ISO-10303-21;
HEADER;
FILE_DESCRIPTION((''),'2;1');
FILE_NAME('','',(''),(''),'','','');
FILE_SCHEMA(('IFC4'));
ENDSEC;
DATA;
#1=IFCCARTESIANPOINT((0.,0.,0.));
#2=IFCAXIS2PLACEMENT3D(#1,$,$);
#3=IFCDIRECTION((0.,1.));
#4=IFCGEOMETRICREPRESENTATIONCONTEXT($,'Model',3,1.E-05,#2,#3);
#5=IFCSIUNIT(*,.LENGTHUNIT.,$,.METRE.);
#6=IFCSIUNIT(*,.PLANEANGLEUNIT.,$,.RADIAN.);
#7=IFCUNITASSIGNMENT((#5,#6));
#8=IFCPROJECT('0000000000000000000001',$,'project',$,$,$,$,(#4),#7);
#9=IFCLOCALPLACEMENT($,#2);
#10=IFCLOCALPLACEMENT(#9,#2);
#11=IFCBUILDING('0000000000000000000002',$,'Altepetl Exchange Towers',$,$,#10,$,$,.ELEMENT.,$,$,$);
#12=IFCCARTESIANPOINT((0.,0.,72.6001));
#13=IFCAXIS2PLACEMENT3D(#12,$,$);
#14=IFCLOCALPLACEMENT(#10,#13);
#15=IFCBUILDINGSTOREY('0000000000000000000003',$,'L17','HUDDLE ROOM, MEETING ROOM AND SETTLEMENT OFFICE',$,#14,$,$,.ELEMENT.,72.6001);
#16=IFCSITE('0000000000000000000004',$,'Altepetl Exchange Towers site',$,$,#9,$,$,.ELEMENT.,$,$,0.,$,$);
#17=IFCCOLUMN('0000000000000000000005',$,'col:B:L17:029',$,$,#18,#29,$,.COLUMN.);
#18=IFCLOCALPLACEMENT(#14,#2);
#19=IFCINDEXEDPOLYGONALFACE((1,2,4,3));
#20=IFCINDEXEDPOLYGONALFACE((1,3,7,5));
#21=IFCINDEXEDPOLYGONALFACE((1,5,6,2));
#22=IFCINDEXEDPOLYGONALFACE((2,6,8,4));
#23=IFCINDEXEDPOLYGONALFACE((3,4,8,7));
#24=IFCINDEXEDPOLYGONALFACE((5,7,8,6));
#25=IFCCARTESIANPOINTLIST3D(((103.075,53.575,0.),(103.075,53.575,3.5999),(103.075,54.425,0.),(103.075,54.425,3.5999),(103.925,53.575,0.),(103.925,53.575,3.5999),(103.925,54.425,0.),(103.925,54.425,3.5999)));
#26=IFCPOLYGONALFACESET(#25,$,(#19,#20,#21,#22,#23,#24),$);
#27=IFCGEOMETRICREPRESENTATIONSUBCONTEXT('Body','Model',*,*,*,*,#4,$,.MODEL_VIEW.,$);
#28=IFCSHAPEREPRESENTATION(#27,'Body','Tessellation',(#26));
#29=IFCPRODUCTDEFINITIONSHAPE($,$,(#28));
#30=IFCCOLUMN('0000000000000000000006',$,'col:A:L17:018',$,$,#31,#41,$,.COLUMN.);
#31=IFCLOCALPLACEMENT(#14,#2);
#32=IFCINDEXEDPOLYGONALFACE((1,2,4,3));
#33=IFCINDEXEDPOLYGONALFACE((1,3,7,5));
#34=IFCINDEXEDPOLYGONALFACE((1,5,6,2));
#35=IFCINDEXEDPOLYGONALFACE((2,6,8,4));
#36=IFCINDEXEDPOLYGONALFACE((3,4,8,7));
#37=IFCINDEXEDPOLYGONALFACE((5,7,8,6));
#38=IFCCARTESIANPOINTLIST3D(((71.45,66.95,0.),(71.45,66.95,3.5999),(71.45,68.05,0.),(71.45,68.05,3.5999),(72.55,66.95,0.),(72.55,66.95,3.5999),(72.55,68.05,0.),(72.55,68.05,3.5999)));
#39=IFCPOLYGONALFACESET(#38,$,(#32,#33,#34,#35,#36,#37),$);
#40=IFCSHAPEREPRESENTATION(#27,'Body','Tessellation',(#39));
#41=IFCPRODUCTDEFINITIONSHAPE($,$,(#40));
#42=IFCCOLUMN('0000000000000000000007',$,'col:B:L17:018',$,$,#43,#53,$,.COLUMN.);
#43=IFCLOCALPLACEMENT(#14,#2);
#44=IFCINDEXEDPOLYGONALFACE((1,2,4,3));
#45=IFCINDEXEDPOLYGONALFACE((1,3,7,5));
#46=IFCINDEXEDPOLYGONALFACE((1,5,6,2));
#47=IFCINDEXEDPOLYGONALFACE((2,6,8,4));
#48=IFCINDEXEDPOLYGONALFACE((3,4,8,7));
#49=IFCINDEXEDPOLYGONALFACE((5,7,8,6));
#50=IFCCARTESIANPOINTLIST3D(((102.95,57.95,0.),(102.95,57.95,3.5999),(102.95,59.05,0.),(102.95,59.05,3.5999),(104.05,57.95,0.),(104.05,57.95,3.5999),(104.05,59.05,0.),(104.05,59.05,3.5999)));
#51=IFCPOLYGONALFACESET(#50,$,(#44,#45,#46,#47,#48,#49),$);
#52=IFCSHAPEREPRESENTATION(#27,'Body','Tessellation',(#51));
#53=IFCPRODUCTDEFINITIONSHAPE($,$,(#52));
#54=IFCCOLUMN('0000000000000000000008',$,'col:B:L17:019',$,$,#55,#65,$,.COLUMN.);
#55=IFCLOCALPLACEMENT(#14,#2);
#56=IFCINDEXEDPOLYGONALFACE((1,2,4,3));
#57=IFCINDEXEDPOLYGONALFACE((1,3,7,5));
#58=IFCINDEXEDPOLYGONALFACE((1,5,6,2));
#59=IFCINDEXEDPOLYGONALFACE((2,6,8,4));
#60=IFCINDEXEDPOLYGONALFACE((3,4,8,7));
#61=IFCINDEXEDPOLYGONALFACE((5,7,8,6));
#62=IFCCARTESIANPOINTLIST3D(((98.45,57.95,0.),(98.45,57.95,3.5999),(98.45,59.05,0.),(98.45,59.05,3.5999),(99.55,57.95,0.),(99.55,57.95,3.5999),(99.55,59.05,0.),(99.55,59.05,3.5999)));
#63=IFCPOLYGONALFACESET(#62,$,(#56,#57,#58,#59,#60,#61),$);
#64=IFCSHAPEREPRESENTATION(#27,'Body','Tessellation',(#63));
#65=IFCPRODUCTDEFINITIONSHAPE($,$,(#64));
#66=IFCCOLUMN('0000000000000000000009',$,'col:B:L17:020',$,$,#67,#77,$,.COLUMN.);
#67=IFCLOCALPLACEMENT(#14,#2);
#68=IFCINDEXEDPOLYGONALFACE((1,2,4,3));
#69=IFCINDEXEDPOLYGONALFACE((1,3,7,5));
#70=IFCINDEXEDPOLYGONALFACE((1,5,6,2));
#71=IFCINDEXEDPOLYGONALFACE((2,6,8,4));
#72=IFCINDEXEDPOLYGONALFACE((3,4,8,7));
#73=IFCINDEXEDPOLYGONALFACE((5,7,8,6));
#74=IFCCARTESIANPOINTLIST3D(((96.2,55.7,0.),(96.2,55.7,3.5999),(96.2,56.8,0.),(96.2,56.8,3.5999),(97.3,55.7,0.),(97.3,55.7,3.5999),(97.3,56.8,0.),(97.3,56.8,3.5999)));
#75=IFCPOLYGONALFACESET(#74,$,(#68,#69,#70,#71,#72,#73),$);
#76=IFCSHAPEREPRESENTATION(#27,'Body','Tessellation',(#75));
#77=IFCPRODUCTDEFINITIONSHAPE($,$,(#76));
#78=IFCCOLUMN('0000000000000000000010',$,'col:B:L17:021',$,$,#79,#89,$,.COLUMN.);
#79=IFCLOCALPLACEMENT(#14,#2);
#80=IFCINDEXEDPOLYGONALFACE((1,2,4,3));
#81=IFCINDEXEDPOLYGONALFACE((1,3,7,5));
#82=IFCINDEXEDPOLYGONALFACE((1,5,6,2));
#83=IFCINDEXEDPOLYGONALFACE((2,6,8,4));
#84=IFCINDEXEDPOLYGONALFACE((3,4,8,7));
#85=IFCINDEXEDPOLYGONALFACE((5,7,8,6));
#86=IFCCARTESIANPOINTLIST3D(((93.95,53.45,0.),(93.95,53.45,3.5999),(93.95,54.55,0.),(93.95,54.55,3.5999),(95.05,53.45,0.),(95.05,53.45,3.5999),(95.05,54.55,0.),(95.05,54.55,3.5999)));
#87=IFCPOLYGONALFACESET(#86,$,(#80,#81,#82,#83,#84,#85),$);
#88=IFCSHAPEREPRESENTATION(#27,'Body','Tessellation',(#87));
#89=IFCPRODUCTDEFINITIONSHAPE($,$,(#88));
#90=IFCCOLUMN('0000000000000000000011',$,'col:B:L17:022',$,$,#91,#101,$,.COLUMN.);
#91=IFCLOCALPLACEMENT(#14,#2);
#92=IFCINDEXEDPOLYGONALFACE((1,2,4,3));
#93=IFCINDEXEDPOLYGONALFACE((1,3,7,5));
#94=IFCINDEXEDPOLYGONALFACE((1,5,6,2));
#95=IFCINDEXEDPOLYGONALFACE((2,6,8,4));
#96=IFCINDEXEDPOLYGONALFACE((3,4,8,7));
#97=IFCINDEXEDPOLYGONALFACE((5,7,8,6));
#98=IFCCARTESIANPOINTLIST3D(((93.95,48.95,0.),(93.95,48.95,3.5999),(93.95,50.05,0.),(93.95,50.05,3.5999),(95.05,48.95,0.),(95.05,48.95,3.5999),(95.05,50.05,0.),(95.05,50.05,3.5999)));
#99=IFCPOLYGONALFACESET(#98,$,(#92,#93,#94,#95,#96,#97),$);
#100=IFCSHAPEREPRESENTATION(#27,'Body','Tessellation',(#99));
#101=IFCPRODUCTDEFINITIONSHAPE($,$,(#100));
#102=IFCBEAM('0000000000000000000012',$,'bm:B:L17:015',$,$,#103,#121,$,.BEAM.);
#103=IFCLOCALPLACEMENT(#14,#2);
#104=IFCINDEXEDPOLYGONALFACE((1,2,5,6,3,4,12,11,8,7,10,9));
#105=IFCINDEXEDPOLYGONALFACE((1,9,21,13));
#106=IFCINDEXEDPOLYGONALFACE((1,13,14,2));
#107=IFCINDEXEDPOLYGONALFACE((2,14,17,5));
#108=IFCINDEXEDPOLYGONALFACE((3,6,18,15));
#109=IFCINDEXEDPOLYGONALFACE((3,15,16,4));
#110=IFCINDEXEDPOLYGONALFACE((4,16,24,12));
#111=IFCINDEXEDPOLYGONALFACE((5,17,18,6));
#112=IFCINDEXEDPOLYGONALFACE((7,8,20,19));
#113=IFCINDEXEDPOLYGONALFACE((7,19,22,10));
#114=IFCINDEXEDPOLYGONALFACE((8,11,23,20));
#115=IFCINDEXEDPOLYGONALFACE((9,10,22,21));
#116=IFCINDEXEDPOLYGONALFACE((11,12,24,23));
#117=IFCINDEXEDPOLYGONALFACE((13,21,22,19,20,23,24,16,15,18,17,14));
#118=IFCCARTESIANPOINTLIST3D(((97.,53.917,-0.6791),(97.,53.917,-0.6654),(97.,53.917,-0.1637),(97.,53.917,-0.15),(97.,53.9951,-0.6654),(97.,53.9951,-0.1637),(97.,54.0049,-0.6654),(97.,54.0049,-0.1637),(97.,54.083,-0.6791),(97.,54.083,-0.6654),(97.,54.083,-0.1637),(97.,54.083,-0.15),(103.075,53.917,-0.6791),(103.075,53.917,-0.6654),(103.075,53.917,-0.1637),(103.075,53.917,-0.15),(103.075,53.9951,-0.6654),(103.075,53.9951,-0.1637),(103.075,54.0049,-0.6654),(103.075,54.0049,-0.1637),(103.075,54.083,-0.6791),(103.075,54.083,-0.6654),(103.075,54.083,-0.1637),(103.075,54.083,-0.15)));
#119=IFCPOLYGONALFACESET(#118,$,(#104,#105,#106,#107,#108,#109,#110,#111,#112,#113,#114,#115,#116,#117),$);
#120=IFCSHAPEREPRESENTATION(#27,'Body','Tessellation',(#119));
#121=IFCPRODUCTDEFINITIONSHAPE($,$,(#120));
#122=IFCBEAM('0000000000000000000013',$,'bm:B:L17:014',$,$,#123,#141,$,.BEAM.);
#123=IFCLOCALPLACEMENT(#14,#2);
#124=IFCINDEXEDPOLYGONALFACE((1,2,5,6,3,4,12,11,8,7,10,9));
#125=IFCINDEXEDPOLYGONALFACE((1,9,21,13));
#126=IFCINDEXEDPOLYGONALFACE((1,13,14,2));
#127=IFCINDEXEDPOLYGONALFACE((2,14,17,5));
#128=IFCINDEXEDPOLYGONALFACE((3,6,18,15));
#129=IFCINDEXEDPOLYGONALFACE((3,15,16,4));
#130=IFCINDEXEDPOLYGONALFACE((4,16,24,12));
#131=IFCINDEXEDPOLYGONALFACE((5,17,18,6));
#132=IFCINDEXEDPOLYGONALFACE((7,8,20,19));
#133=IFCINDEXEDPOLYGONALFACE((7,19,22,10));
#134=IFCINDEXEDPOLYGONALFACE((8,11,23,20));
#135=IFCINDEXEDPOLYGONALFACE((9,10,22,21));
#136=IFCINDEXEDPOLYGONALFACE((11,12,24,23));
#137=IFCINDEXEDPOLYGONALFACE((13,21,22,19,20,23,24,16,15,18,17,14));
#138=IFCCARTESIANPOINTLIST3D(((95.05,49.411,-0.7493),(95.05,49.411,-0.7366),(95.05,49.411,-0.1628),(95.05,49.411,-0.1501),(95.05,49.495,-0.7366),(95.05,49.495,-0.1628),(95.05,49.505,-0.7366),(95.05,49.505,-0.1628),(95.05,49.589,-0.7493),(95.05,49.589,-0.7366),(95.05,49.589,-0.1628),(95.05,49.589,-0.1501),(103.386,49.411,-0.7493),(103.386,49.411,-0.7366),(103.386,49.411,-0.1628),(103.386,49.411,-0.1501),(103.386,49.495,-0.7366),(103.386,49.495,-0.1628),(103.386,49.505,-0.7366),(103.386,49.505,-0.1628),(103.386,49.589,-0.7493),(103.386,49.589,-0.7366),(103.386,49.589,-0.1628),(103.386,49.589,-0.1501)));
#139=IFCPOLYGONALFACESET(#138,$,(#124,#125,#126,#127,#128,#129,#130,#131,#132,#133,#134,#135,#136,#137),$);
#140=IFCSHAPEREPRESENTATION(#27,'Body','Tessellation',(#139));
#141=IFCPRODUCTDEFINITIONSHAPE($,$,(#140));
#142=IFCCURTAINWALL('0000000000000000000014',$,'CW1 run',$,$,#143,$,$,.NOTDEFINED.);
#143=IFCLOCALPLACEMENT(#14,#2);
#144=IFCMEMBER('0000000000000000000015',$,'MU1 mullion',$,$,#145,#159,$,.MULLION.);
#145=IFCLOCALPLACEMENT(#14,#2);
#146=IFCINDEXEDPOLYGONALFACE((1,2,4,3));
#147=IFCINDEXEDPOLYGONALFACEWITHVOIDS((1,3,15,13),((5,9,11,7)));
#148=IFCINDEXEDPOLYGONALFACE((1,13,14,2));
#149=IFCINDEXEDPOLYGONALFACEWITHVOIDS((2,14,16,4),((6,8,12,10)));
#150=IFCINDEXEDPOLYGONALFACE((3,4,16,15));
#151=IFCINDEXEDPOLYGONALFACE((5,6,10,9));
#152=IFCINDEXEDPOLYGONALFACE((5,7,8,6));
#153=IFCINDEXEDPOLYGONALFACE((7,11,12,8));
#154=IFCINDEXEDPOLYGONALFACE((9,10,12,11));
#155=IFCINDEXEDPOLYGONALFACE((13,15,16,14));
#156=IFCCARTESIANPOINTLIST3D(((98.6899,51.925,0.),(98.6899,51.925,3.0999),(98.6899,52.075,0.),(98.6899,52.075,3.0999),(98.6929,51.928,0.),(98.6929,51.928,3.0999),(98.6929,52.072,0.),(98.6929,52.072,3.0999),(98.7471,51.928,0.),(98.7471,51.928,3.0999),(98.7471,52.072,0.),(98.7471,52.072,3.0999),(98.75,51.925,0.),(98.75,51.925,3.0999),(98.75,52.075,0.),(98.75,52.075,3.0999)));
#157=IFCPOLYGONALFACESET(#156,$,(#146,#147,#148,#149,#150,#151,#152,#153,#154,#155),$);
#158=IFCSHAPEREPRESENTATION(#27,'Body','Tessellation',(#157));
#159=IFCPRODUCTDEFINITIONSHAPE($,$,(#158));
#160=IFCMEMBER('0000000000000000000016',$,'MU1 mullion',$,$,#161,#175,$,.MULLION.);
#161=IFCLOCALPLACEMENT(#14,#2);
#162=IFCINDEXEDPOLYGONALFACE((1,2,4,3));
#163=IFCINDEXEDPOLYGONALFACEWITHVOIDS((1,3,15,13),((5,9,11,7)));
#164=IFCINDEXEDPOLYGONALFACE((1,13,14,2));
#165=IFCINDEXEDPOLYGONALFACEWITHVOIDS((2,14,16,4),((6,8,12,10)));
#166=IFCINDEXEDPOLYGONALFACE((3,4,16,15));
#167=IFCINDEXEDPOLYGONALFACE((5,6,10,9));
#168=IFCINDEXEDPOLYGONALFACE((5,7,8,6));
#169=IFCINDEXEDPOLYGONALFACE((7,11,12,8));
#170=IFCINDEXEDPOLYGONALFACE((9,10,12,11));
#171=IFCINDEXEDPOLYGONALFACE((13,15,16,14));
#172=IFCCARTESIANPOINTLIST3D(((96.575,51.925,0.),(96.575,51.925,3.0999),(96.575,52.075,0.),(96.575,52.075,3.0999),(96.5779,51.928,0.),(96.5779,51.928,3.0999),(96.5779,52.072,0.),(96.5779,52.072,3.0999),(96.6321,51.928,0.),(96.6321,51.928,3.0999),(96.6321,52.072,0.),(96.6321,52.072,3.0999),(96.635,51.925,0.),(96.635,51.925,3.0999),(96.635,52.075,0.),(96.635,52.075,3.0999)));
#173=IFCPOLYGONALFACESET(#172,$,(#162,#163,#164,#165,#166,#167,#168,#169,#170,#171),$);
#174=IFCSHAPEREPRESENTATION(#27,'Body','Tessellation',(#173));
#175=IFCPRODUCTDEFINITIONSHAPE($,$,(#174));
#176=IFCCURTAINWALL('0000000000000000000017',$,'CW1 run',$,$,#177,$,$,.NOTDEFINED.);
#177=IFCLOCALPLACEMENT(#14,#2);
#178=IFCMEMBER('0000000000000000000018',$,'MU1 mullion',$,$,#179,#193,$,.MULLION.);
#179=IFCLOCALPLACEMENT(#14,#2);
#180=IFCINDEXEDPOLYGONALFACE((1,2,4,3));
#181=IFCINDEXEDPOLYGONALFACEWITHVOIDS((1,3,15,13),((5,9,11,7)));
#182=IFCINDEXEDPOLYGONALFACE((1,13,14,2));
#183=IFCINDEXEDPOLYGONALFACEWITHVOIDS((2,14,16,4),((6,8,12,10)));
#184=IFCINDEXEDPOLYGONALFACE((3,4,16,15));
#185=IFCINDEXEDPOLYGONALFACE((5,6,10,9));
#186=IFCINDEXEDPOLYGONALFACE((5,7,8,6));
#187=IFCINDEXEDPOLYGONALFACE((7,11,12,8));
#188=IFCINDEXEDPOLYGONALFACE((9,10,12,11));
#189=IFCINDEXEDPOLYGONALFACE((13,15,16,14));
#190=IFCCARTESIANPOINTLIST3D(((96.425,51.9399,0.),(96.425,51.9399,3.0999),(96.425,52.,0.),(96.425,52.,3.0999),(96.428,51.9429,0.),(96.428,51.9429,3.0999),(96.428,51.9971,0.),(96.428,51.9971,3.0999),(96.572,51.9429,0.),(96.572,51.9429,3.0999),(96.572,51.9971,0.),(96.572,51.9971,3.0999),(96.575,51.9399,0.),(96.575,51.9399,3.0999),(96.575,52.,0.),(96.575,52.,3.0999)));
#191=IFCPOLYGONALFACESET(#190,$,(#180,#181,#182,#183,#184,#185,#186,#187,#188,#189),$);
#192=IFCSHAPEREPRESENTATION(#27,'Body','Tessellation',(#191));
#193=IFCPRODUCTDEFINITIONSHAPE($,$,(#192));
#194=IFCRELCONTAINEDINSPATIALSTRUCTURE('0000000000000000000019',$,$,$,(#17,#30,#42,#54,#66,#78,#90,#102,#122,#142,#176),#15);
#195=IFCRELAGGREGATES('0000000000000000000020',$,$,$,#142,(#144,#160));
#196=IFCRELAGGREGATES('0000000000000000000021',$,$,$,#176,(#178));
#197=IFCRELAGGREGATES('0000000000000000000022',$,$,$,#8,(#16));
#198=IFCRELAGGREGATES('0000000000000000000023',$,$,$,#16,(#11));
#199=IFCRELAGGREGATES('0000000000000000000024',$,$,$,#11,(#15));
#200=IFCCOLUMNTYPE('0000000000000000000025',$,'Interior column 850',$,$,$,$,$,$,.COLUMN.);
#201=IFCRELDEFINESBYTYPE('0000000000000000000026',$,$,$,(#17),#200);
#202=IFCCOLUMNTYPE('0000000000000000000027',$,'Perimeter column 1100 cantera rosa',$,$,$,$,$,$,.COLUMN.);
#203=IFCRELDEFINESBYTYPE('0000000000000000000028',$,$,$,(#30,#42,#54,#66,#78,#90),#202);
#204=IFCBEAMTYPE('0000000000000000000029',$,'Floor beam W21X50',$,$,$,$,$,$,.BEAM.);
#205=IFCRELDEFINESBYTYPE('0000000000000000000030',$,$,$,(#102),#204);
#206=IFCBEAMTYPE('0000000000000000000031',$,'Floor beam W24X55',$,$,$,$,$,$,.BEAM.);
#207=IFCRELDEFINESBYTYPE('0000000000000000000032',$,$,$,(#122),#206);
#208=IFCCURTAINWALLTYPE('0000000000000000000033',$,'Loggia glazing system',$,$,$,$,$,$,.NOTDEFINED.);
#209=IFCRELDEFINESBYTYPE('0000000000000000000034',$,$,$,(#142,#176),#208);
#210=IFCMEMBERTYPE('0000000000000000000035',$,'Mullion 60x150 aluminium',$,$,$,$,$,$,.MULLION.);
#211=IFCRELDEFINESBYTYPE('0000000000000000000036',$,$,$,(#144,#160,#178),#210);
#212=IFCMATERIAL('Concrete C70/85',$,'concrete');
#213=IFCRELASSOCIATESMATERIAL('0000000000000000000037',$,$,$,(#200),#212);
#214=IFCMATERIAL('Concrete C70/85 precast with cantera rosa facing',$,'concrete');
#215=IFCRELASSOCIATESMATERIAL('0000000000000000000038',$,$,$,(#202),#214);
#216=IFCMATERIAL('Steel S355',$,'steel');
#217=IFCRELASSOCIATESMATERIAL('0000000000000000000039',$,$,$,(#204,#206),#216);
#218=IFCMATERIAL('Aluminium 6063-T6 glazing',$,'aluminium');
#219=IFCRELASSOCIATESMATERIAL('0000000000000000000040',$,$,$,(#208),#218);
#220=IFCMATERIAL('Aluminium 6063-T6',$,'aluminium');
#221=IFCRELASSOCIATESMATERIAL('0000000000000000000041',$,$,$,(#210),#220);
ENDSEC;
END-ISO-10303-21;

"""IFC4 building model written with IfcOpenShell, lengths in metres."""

from ifc_helpers import new_model, si_unit, direction, frame, origin, origin_2d, place, context, subcontext, project, spatial, rectangle, hollow_rectangle, i_section, extrude, material, material_profile, profile_set, type_object, element, aggregate, save


model = new_model("IFC4")

# Units and contexts
model_context = context("Model", 3, precision=1e-05, world=origin(), true_north=direction((0.0, 1.0)))
body_context = subcontext(model_context, "Body", "Model", "MODEL_VIEW")
ifc_project = project(units=[si_unit("LENGTHUNIT", "METRE"), si_unit("PLANEANGLEUNIT", "RADIAN")], contexts=[model_context])

# Site, building, storey
site_placement = place(None, origin())
site = spatial("IfcSite", under=ifc_project, at=site_placement, Name="Altepetl Exchange Towers site", CompositionType="ELEMENT", RefElevation=0.0)
building_placement = place(site_placement, origin())
building = spatial("IfcBuilding", under=site, at=building_placement, Name="Altepetl Exchange Towers", CompositionType="ELEMENT")
storey_placement = place(building_placement, frame((0.0, 0.0, 72.6001)))
storey = spatial("IfcBuildingStorey", under=building, at=storey_placement, Name="L17", Description="HUDDLE ROOM, MEETING ROOM AND SETTLEMENT OFFICE", CompositionType="ELEMENT", Elevation=72.6001)

# Columns
ifc_material_1 = material(Name="Concrete C70/85", Category="concrete")
ifc_material_profile_1 = material_profile(ifc_material_1, rectangle(XDim=0.8501, YDim=0.8501, at=origin_2d()), Name="850 x 850")
ifc_profile_set_1 = profile_set([ifc_material_profile_1], Name="Concrete C70/85")
column_type_1 = type_object("IfcColumnType", Name="Interior column 850", PredefinedType="COLUMN", material=ifc_profile_set_1)
column_placement = place(storey_placement, frame((103.5, 54.0, 0.0)))
element("IfcColumn", 1, at=column_placement, inside=storey, type_object=column_type_1, Name="col:B:L17:029", PredefinedType="COLUMN", context=body_context, shape_type="SweptSolid", body=[
    extrude(rectangle(XDim=0.8501, YDim=0.8501, at=origin_2d()), origin(), (0.0, 0.0, 1.0), 3.5999),
])
ifc_material_2 = material(Name="Concrete C70/85 precast with cantera rosa facing", Category="concrete")
ifc_material_profile_2 = material_profile(ifc_material_2, rectangle(XDim=1.1001, YDim=1.1001, at=origin_2d()), Name="1100 x 1100")
ifc_profile_set_2 = profile_set([ifc_material_profile_2], Name="Concrete C70/85 precast with cantera rosa facing")
column_type_2 = type_object("IfcColumnType", Name="Perimeter column 1100 cantera rosa", PredefinedType="COLUMN", material=ifc_profile_set_2)
for number, where, name in (
    (2, (72.0, 67.5, 0.0), "col:A:L17:018"),
    (3, (103.5, 58.5, 0.0), "col:B:L17:018"),
    (4, (99.0, 58.5, 0.0), "col:B:L17:019"),
    (5, (96.75, 56.25, 0.0), "col:B:L17:020"),
    (6, (94.5, 54.0, 0.0), "col:B:L17:021"),
    (7, (94.5, 49.5, 0.0), "col:B:L17:022"),
):
    element("IfcColumn", number, at=place(storey_placement, frame(where)), inside=storey, type_object=column_type_2, Name=name, PredefinedType="COLUMN", context=body_context, shape_type="SweptSolid", body=[
        extrude(rectangle(XDim=1.1001, YDim=1.1001, at=origin_2d()), origin(), (0.0, 0.0, 1.0), 3.5999),
    ])

# Beams
ifc_material_3 = material(Name="Steel S355", Category="steel")
ifc_material_profile_3 = material_profile(ifc_material_3, i_section(OverallWidth=0.166, OverallDepth=0.5291, WebThickness=0.0098, FlangeThickness=0.0137, at=origin_2d()), Name="W21X50")
ifc_profile_set_3 = profile_set([ifc_material_profile_3], Name="Steel S355")
beam_type_1 = type_object("IfcBeamType", Name="Floor beam W21X50", PredefinedType="BEAM", material=ifc_profile_set_3)
beam_1_placement = place(storey_placement, frame((97.0, 54.0, -0.4146), z_axis=(1.0, 0.0, 0.0), x_axis=(0.0, 1.0, 0.0)))
element("IfcBeam", 8, at=beam_1_placement, inside=storey, type_object=beam_type_1, Name="bm:B:L17:015", PredefinedType="BEAM", context=body_context, shape_type="SweptSolid", body=[
    extrude(i_section(OverallWidth=0.166, OverallDepth=0.5291, WebThickness=0.0098, FlangeThickness=0.0137, at=origin_2d()), origin(), (0.0, 0.0, 1.0), 6.075),
])
ifc_material_profile_4 = material_profile(ifc_material_3, i_section(OverallWidth=0.178, OverallDepth=0.5991, WebThickness=0.01, FlangeThickness=0.0127, at=origin_2d()), Name="W24X55")
ifc_profile_set_4 = profile_set([ifc_material_profile_4], Name="Steel S355")
beam_type_2 = type_object("IfcBeamType", Name="Floor beam W24X55", PredefinedType="BEAM", material=ifc_profile_set_4)
beam_2_placement = place(storey_placement, frame((95.05, 49.5, -0.4497), z_axis=(1.0, 0.0, 0.0), x_axis=(0.0, 1.0, 0.0)))
element("IfcBeam", 9, at=beam_2_placement, inside=storey, type_object=beam_type_2, Name="bm:B:L17:014", PredefinedType="BEAM", context=body_context, shape_type="SweptSolid", body=[
    extrude(i_section(OverallWidth=0.178, OverallDepth=0.5991, WebThickness=0.01, FlangeThickness=0.0127, at=origin_2d()), origin(), (0.0, 0.0, 1.0), 8.3359),
])

# Curtain walls, members
ifc_material_4 = material(Name="Aluminium 6063-T6 glazing", Category="aluminium")
curtain_wall_type = type_object("IfcCurtainWallType", Name="Loggia glazing system", PredefinedType="NOTDEFINED", material=ifc_material_4)
curtain_wall_1_placement = place(storey_placement, origin())
curtain_wall_1 = element("IfcCurtainWall", 10, at=curtain_wall_1_placement, inside=storey, type_object=curtain_wall_type, Name="CW1 run", PredefinedType="NOTDEFINED")
ifc_material_5 = material(Name="Aluminium 6063-T6", Category="aluminium")
ifc_material_profile_5 = material_profile(ifc_material_5, hollow_rectangle(XDim=0.0601, YDim=0.1499, WallThickness=0.0029, at=origin_2d()), Name="Mullion 60x150 aluminium")
ifc_profile_set_5 = profile_set([ifc_material_profile_5], Name="Aluminium 6063-T6")
member_type = type_object("IfcMemberType", Name="Mullion 60x150 aluminium", PredefinedType="MULLION", material=ifc_profile_set_5)
member_1_placement = place(storey_placement, frame((98.72, 52.0, 0.0), z_axis=(0.0, 0.0, 1.0), x_axis=(-1.0, 0.0, 0.0)))
member_1 = element("IfcMember", 11, at=member_1_placement, type_object=member_type, Name="MU1 mullion", PredefinedType="MULLION", context=body_context, shape_type="SweptSolid", body=[
    extrude(hollow_rectangle(XDim=0.0601, YDim=0.1499, WallThickness=0.0029, at=origin_2d()), origin(), (0.0, 0.0, 1.0), 3.0999),
])
member_2_placement = place(storey_placement, frame((96.605, 52.0, 0.0), z_axis=(0.0, 0.0, 1.0), x_axis=(-1.0, 0.0, 0.0)))
member_2 = element("IfcMember", 12, at=member_2_placement, type_object=member_type, Name="MU1 mullion", PredefinedType="MULLION", context=body_context, shape_type="SweptSolid", body=[
    extrude(hollow_rectangle(XDim=0.0601, YDim=0.1499, WallThickness=0.0029, at=origin_2d()), origin(), (0.0, 0.0, 1.0), 3.0999),
])
curtain_wall_2_placement = place(storey_placement, origin())
curtain_wall_2 = element("IfcCurtainWall", 13, at=curtain_wall_2_placement, inside=storey, type_object=curtain_wall_type, Name="CW1 run", PredefinedType="NOTDEFINED")
member_3_placement = place(storey_placement, frame((96.5, 51.97, 0.0), z_axis=(0.0, 0.0, 1.0), x_axis=(0.0, -1.0, 0.0)))
member_3 = element("IfcMember", 14, at=member_3_placement, type_object=member_type, Name="MU1 mullion", PredefinedType="MULLION", context=body_context, shape_type="SweptSolid", body=[
    extrude(hollow_rectangle(XDim=0.0601, YDim=0.1499, WallThickness=0.0029, at=origin_2d()), origin(), (0.0, 0.0, 1.0), 3.0999),
])

aggregate(curtain_wall_1, [member_1, member_2])
aggregate(curtain_wall_2, [member_3])

save(model, "model.ifc")
